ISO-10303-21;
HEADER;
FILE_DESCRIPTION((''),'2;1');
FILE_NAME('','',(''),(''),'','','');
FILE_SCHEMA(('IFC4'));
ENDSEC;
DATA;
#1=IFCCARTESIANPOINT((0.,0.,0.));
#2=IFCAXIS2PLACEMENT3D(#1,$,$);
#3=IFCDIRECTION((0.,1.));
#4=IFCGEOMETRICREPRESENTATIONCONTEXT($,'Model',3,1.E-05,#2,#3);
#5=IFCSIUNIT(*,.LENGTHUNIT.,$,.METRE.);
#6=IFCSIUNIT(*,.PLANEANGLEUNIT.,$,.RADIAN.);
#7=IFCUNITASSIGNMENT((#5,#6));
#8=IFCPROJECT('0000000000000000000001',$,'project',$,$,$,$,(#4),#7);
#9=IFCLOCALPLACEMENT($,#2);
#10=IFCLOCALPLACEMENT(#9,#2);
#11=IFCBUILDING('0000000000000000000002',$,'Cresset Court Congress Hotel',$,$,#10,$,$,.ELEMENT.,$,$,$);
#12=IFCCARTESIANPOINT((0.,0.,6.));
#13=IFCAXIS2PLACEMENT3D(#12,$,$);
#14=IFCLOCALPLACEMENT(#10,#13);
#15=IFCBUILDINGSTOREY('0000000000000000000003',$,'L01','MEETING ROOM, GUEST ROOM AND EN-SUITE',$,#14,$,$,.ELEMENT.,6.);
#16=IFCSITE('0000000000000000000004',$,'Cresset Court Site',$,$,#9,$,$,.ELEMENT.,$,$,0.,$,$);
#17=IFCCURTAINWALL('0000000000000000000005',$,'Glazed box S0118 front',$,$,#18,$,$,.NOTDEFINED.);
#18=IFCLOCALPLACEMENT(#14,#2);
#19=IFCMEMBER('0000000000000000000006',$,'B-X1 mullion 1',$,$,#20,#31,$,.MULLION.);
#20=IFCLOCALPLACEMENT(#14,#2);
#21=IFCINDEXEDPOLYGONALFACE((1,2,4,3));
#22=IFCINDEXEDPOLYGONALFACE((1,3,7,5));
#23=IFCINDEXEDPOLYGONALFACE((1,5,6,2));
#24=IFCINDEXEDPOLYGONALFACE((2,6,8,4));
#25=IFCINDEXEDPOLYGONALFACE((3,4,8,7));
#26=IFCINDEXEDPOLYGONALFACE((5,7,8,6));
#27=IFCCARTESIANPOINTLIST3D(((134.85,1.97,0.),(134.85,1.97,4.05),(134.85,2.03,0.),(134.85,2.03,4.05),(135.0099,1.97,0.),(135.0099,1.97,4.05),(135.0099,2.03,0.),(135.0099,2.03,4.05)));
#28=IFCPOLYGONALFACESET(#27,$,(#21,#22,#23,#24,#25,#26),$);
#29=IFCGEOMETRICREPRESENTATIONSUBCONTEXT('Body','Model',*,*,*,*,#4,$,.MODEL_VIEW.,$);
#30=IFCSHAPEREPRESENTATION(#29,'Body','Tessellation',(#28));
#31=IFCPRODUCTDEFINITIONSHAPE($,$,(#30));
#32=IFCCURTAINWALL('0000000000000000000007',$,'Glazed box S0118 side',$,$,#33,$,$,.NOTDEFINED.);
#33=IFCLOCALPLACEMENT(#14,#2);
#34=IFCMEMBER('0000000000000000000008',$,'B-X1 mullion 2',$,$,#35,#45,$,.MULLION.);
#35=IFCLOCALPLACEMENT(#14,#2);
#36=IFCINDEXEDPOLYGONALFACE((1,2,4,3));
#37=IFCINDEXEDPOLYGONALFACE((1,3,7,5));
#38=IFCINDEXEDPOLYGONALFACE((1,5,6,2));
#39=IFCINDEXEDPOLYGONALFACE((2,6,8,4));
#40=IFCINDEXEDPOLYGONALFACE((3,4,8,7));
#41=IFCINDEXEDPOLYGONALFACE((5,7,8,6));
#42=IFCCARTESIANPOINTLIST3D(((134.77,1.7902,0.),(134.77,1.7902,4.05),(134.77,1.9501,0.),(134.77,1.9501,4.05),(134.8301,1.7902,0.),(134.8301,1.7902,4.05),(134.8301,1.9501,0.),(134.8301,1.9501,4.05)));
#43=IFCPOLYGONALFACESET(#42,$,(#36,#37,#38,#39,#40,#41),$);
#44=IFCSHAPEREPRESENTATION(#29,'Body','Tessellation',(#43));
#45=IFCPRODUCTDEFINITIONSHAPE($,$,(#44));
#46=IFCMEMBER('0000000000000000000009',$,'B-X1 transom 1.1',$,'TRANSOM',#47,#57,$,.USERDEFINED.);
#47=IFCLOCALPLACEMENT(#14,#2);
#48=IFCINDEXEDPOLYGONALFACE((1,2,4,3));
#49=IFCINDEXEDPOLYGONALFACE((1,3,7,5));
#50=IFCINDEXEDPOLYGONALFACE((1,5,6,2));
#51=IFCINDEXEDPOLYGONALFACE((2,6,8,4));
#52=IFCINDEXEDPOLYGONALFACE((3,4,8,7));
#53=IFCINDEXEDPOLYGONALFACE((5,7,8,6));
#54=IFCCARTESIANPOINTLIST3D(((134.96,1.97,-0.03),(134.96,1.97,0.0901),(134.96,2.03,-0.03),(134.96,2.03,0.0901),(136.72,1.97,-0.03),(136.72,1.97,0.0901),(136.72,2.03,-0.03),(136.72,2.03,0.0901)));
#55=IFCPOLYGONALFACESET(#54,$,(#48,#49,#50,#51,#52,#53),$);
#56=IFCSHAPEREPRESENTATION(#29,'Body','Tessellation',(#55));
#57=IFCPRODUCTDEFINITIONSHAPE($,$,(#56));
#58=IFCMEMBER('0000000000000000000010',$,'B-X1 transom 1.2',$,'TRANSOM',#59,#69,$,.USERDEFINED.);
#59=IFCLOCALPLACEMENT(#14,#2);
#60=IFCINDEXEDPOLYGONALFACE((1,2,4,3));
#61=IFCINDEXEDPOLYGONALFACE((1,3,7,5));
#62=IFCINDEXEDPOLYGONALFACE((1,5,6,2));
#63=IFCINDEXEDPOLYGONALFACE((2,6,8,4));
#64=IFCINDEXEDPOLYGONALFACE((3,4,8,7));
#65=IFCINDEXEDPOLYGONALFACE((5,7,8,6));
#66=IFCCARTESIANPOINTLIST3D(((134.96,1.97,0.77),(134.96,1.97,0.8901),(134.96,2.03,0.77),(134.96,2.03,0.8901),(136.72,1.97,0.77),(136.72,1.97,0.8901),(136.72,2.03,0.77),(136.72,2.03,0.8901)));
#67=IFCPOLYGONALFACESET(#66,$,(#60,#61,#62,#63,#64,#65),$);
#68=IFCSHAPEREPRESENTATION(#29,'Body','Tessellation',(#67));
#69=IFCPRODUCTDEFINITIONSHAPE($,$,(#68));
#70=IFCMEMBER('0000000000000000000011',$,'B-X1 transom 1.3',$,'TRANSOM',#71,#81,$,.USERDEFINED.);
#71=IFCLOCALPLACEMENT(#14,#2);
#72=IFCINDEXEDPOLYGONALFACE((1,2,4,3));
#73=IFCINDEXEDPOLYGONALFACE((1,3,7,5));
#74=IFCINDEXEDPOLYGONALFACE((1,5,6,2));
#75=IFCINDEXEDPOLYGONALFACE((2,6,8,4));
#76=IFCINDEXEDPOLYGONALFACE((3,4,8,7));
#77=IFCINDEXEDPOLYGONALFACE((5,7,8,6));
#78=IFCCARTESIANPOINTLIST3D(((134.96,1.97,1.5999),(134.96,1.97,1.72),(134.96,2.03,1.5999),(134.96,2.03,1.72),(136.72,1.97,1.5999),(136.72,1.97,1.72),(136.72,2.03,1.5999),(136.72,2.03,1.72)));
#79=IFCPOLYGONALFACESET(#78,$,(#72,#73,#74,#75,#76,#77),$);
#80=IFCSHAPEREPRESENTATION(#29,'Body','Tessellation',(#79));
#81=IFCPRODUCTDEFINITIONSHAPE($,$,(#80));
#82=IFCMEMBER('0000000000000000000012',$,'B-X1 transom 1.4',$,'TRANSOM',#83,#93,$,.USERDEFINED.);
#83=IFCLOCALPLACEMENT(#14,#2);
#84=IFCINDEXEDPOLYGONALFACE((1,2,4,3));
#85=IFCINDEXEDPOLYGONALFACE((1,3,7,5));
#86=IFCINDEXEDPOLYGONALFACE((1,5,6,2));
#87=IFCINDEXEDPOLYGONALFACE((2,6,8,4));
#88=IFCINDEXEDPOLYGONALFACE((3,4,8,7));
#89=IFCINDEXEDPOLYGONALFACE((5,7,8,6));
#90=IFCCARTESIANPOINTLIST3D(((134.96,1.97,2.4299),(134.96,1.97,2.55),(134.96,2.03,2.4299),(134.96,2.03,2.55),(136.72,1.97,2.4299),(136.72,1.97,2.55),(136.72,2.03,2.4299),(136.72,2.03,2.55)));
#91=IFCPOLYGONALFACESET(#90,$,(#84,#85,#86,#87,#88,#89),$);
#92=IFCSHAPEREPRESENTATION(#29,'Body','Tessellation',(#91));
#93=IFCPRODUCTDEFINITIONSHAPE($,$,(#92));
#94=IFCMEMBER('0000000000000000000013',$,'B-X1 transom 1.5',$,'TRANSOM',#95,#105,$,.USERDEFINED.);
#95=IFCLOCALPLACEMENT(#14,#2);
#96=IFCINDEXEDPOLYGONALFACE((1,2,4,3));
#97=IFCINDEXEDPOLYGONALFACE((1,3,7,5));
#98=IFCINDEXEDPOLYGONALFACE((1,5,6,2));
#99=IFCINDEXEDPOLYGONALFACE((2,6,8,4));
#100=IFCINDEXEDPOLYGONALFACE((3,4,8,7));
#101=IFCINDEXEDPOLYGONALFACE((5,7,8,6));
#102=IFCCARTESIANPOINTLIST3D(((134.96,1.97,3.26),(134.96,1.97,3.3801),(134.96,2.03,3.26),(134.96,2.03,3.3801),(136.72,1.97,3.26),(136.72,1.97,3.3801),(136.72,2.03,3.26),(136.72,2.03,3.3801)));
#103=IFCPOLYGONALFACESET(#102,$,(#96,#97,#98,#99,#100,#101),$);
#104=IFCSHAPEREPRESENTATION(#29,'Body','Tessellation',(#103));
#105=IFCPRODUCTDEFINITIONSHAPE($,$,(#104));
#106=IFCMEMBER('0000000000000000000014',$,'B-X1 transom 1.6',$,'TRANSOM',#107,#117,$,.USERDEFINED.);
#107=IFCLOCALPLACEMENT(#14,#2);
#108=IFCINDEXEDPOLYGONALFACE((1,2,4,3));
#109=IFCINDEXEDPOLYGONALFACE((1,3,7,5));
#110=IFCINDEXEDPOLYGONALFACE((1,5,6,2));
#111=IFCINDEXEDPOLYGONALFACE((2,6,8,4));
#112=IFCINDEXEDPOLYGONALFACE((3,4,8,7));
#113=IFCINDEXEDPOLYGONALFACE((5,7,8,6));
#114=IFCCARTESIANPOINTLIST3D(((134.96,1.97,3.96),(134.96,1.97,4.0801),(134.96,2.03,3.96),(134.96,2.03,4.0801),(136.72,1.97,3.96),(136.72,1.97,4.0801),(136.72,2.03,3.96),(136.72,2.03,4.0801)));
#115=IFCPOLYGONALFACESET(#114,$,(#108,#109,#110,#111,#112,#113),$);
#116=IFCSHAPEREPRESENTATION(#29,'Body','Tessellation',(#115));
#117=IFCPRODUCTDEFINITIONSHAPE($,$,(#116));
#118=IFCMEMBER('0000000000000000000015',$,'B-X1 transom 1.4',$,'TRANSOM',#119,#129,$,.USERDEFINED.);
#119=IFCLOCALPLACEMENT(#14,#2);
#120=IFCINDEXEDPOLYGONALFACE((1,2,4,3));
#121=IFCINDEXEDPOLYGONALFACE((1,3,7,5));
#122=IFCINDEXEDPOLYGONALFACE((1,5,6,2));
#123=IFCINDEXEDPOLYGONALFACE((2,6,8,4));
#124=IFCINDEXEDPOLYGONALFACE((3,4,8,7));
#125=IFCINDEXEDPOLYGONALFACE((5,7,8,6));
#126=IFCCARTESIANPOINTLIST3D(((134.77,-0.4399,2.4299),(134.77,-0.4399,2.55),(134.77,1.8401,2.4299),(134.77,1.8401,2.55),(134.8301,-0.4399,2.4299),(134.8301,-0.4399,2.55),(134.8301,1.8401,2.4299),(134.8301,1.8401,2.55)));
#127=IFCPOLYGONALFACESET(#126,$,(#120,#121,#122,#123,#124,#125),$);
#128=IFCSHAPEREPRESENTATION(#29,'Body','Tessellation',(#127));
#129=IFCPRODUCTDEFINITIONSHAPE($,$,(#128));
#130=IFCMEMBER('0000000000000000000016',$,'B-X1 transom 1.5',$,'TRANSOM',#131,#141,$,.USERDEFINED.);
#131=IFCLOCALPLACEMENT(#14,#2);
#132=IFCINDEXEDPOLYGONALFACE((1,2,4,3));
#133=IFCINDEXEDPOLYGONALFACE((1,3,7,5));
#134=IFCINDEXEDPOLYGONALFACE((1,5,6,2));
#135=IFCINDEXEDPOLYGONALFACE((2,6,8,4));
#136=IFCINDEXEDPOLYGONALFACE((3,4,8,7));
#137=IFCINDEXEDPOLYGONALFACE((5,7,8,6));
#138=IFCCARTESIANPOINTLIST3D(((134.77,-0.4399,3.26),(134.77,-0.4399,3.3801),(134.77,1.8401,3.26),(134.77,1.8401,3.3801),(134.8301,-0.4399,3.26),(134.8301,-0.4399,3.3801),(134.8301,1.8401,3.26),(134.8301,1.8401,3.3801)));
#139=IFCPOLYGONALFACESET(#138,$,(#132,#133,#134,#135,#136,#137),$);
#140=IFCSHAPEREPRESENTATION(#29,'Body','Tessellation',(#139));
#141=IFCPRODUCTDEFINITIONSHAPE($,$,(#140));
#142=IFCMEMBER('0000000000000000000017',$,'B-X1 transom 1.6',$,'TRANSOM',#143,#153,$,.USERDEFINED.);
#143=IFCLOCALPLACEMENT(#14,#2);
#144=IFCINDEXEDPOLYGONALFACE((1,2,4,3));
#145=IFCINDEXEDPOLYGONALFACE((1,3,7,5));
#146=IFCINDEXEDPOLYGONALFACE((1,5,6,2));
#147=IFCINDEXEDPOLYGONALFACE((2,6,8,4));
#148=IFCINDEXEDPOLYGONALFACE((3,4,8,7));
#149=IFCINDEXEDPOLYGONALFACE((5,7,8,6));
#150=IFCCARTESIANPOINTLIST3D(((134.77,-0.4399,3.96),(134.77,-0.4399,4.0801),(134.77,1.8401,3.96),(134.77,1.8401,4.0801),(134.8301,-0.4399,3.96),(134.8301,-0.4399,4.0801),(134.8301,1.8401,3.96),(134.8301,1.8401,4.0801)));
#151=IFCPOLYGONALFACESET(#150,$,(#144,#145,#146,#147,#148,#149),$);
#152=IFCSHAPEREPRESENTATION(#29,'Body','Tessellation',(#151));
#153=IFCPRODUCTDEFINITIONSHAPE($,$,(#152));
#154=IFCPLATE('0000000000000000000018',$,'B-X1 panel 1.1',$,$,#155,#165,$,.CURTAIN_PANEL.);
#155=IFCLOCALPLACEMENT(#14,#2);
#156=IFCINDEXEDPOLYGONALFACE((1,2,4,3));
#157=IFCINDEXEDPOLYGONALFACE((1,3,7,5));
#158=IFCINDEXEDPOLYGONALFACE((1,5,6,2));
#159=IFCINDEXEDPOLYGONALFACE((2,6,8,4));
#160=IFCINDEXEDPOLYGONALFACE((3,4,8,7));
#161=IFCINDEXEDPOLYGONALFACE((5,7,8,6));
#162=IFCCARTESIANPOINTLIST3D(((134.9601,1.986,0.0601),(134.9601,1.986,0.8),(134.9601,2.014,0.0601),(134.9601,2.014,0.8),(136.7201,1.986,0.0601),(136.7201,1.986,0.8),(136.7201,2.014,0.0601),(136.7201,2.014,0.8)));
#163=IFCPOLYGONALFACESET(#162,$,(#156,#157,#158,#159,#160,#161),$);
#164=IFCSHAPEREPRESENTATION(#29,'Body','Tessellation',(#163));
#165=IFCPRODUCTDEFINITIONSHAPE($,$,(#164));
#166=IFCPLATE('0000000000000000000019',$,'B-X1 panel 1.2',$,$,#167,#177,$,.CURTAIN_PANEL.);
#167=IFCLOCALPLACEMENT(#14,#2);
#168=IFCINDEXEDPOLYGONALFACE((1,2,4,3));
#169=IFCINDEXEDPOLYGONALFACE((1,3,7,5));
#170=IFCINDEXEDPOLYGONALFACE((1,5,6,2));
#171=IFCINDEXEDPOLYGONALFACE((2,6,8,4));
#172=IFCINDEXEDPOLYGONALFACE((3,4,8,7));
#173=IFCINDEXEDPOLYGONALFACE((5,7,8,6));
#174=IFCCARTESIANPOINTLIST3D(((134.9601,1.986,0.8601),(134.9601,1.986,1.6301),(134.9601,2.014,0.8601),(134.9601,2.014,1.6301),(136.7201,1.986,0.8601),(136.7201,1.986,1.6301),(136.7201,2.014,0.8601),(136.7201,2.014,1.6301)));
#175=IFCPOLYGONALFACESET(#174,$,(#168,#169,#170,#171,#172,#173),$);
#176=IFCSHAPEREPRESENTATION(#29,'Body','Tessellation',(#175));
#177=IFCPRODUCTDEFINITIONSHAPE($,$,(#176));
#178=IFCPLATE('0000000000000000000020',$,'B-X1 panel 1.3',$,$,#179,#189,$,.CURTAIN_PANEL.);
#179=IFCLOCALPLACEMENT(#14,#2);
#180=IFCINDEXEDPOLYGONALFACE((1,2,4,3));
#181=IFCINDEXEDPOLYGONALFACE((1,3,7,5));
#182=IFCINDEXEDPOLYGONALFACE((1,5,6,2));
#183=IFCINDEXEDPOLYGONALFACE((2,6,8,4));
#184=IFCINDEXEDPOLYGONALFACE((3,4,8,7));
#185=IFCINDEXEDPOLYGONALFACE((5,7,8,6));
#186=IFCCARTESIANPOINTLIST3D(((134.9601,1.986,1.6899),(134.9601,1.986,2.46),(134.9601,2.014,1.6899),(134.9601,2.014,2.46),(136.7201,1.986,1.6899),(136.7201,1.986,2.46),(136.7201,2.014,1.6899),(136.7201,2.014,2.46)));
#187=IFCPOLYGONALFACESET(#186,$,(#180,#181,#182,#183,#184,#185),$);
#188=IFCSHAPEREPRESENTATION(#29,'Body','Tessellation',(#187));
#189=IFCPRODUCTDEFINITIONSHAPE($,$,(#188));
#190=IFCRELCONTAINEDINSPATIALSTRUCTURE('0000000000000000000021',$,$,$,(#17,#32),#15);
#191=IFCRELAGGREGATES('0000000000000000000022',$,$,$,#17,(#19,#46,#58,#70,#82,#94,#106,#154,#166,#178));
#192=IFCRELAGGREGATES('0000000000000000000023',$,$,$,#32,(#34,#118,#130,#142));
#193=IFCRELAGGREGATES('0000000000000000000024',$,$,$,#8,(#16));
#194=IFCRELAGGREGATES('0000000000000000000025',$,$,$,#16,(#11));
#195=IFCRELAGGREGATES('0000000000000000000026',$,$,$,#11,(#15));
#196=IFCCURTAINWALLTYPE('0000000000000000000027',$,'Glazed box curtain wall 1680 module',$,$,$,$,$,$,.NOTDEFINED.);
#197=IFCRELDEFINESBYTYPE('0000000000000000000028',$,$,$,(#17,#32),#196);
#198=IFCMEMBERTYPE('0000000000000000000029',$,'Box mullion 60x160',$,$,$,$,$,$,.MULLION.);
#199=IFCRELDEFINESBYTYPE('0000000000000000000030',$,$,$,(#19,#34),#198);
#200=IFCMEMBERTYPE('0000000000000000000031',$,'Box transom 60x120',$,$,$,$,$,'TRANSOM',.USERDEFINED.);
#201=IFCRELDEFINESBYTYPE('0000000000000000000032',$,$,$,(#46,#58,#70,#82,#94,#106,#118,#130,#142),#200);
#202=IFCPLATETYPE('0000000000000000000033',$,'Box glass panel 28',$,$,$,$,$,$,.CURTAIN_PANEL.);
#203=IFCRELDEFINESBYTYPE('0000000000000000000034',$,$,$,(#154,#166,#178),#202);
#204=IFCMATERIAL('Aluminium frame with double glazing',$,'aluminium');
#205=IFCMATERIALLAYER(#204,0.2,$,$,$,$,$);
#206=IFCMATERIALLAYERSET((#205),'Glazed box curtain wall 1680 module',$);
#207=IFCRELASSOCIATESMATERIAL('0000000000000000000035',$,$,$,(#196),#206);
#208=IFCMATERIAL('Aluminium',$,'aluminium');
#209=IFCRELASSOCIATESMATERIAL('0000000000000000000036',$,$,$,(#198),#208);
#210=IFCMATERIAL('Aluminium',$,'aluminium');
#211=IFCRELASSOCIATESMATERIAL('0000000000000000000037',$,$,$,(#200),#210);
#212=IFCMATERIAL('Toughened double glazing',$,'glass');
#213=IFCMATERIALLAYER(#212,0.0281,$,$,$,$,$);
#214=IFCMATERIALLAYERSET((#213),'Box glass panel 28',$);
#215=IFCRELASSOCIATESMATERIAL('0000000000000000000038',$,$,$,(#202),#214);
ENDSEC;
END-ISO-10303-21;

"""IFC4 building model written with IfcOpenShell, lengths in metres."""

from ifc_helpers import new_model, si_unit, direction, frame, origin, origin_2d, place, context, subcontext, project, spatial, rectangle, extrude, material, layer, layer_set, material_profile, profile_set, type_object, element, aggregate, save


model = new_model("IFC4")

# Units and contexts
model_context = context("Model", 3, precision=1e-05, world=origin(), true_north=direction((0.0, 1.0)))
body_context = subcontext(model_context, "Body", "Model", "MODEL_VIEW")
ifc_project = project(units=[si_unit("LENGTHUNIT", "METRE"), si_unit("PLANEANGLEUNIT", "RADIAN")], contexts=[model_context])

# Site, building, storey
site_placement = place(None, origin())
site = spatial("IfcSite", under=ifc_project, at=site_placement, Name="Cresset Court Site", CompositionType="ELEMENT", RefElevation=0.0)
building_placement = place(site_placement, origin())
building = spatial("IfcBuilding", under=site, at=building_placement, Name="Cresset Court Congress Hotel", CompositionType="ELEMENT")
storey_placement = place(building_placement, frame((0.0, 0.0, 6.0)))
storey = spatial("IfcBuildingStorey", under=building, at=storey_placement, Name="L01", Description="MEETING ROOM, GUEST ROOM AND EN-SUITE", CompositionType="ELEMENT", Elevation=6.0)

# Curtain walls, members
ifc_material_1 = material(Name="Aluminium frame with double glazing", Category="aluminium")
ifc_layer_1 = layer(ifc_material_1, 0.2)
ifc_layer_set_1 = layer_set([ifc_layer_1], Name="Glazed box curtain wall 1680 module")
curtain_wall_type = type_object("IfcCurtainWallType", Name="Glazed box curtain wall 1680 module", PredefinedType="NOTDEFINED", material=ifc_layer_set_1)
curtain_wall_1_placement = place(storey_placement, origin())
curtain_wall_1 = element("IfcCurtainWall", 1, at=curtain_wall_1_placement, inside=storey, type_object=curtain_wall_type, Name="Glazed box S0118 front", PredefinedType="NOTDEFINED")
ifc_material_2 = material(Name="Aluminium", Category="aluminium")
ifc_material_profile_1 = material_profile(ifc_material_2, rectangle(XDim=0.0601, YDim=0.1599, at=origin_2d()), Name="Box mullion 60x160")
ifc_profile_set_1 = profile_set([ifc_material_profile_1], Name="Aluminium")
member_type_1 = type_object("IfcMemberType", Name="Box mullion 60x160", PredefinedType="MULLION", material=ifc_profile_set_1)
member_1_placement = place(storey_placement, frame((134.9299, 2.0, 0.0), z_axis=(0.0, 0.0, 1.0), x_axis=(0.0, 1.0, 0.0)))
member_1 = element("IfcMember", 2, at=member_1_placement, type_object=member_type_1, Name="B-X1 mullion 1", PredefinedType="MULLION", context=body_context, shape_type="SweptSolid", body=[
    extrude(rectangle(XDim=0.0601, YDim=0.1599, at=origin_2d()), origin(), (0.0, 0.0, 1.0), 4.05),
])
curtain_wall_2_placement = place(storey_placement, origin())
curtain_wall_2 = element("IfcCurtainWall", 3, at=curtain_wall_2_placement, inside=storey, type_object=curtain_wall_type, Name="Glazed box S0118 side", PredefinedType="NOTDEFINED")
member_2_placement = place(storey_placement, frame((134.8, 1.8701, 0.0), z_axis=(0.0, 0.0, 1.0), x_axis=(-1.0, 0.0, 0.0)))
member_2 = element("IfcMember", 4, at=member_2_placement, type_object=member_type_1, Name="B-X1 mullion 2", PredefinedType="MULLION", context=body_context, shape_type="SweptSolid", body=[
    extrude(rectangle(XDim=0.0601, YDim=0.1599, at=origin_2d()), origin(), (0.0, 0.0, 1.0), 4.05),
])

# Members
ifc_material_3 = material(Name="Aluminium", Category="aluminium")
ifc_material_profile_2 = material_profile(ifc_material_3, rectangle(XDim=0.0601, YDim=0.1201, at=origin_2d()), Name="Box transom 60x120")
ifc_profile_set_2 = profile_set([ifc_material_profile_2], Name="Aluminium")
member_type_2 = type_object("IfcMemberType", Name="Box transom 60x120", ElementType="TRANSOM", PredefinedType="USERDEFINED", material=ifc_profile_set_2)
member_3_placement = place(storey_placement, frame((134.96, 2.0, 0.03), z_axis=(1.0, 0.0, 0.0), x_axis=(0.0, 1.0, 0.0)))
member_3 = element("IfcMember", 5, at=member_3_placement, type_object=member_type_2, Name="B-X1 transom 1.1", ObjectType="TRANSOM", PredefinedType="USERDEFINED", context=body_context, shape_type="SweptSolid", body=[
    extrude(rectangle(XDim=0.0601, YDim=0.1201, at=origin_2d()), origin(), (0.0, 0.0, 1.0), 1.76),
])
member_4_placement = place(storey_placement, frame((134.96, 2.0, 0.8301), z_axis=(1.0, 0.0, 0.0), x_axis=(0.0, 1.0, 0.0)))
member_4 = element("IfcMember", 6, at=member_4_placement, type_object=member_type_2, Name="B-X1 transom 1.2", ObjectType="TRANSOM", PredefinedType="USERDEFINED", context=body_context, shape_type="SweptSolid", body=[
    extrude(rectangle(XDim=0.0601, YDim=0.1201, at=origin_2d()), origin(), (0.0, 0.0, 1.0), 1.76),
])
member_5_placement = place(storey_placement, frame((134.96, 2.0, 1.6599), z_axis=(1.0, 0.0, 0.0), x_axis=(0.0, 1.0, 0.0)))
member_5 = element("IfcMember", 7, at=member_5_placement, type_object=member_type_2, Name="B-X1 transom 1.3", ObjectType="TRANSOM", PredefinedType="USERDEFINED", context=body_context, shape_type="SweptSolid", body=[
    extrude(rectangle(XDim=0.0601, YDim=0.1201, at=origin_2d()), origin(), (0.0, 0.0, 1.0), 1.76),
])
member_6_placement = place(storey_placement, frame((134.96, 2.0, 2.49), z_axis=(1.0, 0.0, 0.0), x_axis=(0.0, 1.0, 0.0)))
member_6 = element("IfcMember", 8, at=member_6_placement, type_object=member_type_2, Name="B-X1 transom 1.4", ObjectType="TRANSOM", PredefinedType="USERDEFINED", context=body_context, shape_type="SweptSolid", body=[
    extrude(rectangle(XDim=0.0601, YDim=0.1201, at=origin_2d()), origin(), (0.0, 0.0, 1.0), 1.76),
])
member_7_placement = place(storey_placement, frame((134.96, 2.0, 3.3201), z_axis=(1.0, 0.0, 0.0), x_axis=(0.0, 1.0, 0.0)))
member_7 = element("IfcMember", 9, at=member_7_placement, type_object=member_type_2, Name="B-X1 transom 1.5", ObjectType="TRANSOM", PredefinedType="USERDEFINED", context=body_context, shape_type="SweptSolid", body=[
    extrude(rectangle(XDim=0.0601, YDim=0.1201, at=origin_2d()), origin(), (0.0, 0.0, 1.0), 1.76),
])
member_8_placement = place(storey_placement, frame((134.96, 2.0, 4.02), z_axis=(1.0, 0.0, 0.0), x_axis=(0.0, 1.0, 0.0)))
member_8 = element("IfcMember", 10, at=member_8_placement, type_object=member_type_2, Name="B-X1 transom 1.6", ObjectType="TRANSOM", PredefinedType="USERDEFINED", context=body_context, shape_type="SweptSolid", body=[
    extrude(rectangle(XDim=0.0601, YDim=0.1201, at=origin_2d()), origin(), (0.0, 0.0, 1.0), 1.76),
])
member_9_placement = place(storey_placement, frame((134.8, -0.4399, 2.49), z_axis=(0.0, 1.0, 0.0), x_axis=(-1.0, 0.0, 0.0)))
member_9 = element("IfcMember", 11, at=member_9_placement, type_object=member_type_2, Name="B-X1 transom 1.4", ObjectType="TRANSOM", PredefinedType="USERDEFINED", context=body_context, shape_type="SweptSolid", body=[
    extrude(rectangle(XDim=0.0601, YDim=0.1201, at=origin_2d()), origin(), (0.0, 0.0, 1.0), 2.28),
])
member_10_placement = place(storey_placement, frame((134.8, -0.4399, 3.3201), z_axis=(0.0, 1.0, 0.0), x_axis=(-1.0, 0.0, 0.0)))
member_10 = element("IfcMember", 12, at=member_10_placement, type_object=member_type_2, Name="B-X1 transom 1.5", ObjectType="TRANSOM", PredefinedType="USERDEFINED", context=body_context, shape_type="SweptSolid", body=[
    extrude(rectangle(XDim=0.0601, YDim=0.1201, at=origin_2d()), origin(), (0.0, 0.0, 1.0), 2.28),
])
member_11_placement = place(storey_placement, frame((134.8, -0.4399, 4.02), z_axis=(0.0, 1.0, 0.0), x_axis=(-1.0, 0.0, 0.0)))
member_11 = element("IfcMember", 13, at=member_11_placement, type_object=member_type_2, Name="B-X1 transom 1.6", ObjectType="TRANSOM", PredefinedType="USERDEFINED", context=body_context, shape_type="SweptSolid", body=[
    extrude(rectangle(XDim=0.0601, YDim=0.1201, at=origin_2d()), origin(), (0.0, 0.0, 1.0), 2.28),
])

# Plates
ifc_material_4 = material(Name="Toughened double glazing", Category="glass")
ifc_layer_2 = layer(ifc_material_4, 0.0281)
ifc_layer_set_2 = layer_set([ifc_layer_2], Name="Box glass panel 28")
plate_type_1 = type_object("IfcPlateType", Name="Box glass panel 28", PredefinedType="CURTAIN_PANEL", material=ifc_layer_set_2)
plate_1_placement = place(storey_placement, frame((135.8401, 2.0, 0.0601), z_axis=(0.0, 0.0, 1.0), x_axis=(1.0, 0.0, 0.0)))
plate_1 = element("IfcPlate", 14, at=plate_1_placement, type_object=plate_type_1, Name="B-X1 panel 1.1", PredefinedType="CURTAIN_PANEL", context=body_context, shape_type="SweptSolid", body=[
    extrude(rectangle(XDim=1.76, YDim=0.0281, at=origin_2d()), origin(), (0.0, 0.0, 1.0), 0.74),
])
plate_2_placement = place(storey_placement, frame((135.8401, 2.0, 0.8601), z_axis=(0.0, 0.0, 1.0), x_axis=(1.0, 0.0, 0.0)))
plate_2 = element("IfcPlate", 15, at=plate_2_placement, type_object=plate_type_1, Name="B-X1 panel 1.2", PredefinedType="CURTAIN_PANEL", context=body_context, shape_type="SweptSolid", body=[
    extrude(rectangle(XDim=1.76, YDim=0.0281, at=origin_2d()), origin(), (0.0, 0.0, 1.0), 0.77),
])
plate_3_placement = place(storey_placement, frame((135.8401, 2.0, 1.6899), z_axis=(0.0, 0.0, 1.0), x_axis=(1.0, 0.0, 0.0)))
plate_3 = element("IfcPlate", 16, at=plate_3_placement, type_object=plate_type_1, Name="B-X1 panel 1.3", PredefinedType="CURTAIN_PANEL", context=body_context, shape_type="SweptSolid", body=[
    extrude(rectangle(XDim=1.76, YDim=0.0281, at=origin_2d()), origin(), (0.0, 0.0, 1.0), 0.77),
])
aggregate(curtain_wall_1, [member_1, member_3, member_4, member_5, member_6, member_7, member_8, plate_1, plate_2, plate_3])
aggregate(curtain_wall_2, [member_2, member_9, member_10, member_11])

save(model, "model.ifc")
